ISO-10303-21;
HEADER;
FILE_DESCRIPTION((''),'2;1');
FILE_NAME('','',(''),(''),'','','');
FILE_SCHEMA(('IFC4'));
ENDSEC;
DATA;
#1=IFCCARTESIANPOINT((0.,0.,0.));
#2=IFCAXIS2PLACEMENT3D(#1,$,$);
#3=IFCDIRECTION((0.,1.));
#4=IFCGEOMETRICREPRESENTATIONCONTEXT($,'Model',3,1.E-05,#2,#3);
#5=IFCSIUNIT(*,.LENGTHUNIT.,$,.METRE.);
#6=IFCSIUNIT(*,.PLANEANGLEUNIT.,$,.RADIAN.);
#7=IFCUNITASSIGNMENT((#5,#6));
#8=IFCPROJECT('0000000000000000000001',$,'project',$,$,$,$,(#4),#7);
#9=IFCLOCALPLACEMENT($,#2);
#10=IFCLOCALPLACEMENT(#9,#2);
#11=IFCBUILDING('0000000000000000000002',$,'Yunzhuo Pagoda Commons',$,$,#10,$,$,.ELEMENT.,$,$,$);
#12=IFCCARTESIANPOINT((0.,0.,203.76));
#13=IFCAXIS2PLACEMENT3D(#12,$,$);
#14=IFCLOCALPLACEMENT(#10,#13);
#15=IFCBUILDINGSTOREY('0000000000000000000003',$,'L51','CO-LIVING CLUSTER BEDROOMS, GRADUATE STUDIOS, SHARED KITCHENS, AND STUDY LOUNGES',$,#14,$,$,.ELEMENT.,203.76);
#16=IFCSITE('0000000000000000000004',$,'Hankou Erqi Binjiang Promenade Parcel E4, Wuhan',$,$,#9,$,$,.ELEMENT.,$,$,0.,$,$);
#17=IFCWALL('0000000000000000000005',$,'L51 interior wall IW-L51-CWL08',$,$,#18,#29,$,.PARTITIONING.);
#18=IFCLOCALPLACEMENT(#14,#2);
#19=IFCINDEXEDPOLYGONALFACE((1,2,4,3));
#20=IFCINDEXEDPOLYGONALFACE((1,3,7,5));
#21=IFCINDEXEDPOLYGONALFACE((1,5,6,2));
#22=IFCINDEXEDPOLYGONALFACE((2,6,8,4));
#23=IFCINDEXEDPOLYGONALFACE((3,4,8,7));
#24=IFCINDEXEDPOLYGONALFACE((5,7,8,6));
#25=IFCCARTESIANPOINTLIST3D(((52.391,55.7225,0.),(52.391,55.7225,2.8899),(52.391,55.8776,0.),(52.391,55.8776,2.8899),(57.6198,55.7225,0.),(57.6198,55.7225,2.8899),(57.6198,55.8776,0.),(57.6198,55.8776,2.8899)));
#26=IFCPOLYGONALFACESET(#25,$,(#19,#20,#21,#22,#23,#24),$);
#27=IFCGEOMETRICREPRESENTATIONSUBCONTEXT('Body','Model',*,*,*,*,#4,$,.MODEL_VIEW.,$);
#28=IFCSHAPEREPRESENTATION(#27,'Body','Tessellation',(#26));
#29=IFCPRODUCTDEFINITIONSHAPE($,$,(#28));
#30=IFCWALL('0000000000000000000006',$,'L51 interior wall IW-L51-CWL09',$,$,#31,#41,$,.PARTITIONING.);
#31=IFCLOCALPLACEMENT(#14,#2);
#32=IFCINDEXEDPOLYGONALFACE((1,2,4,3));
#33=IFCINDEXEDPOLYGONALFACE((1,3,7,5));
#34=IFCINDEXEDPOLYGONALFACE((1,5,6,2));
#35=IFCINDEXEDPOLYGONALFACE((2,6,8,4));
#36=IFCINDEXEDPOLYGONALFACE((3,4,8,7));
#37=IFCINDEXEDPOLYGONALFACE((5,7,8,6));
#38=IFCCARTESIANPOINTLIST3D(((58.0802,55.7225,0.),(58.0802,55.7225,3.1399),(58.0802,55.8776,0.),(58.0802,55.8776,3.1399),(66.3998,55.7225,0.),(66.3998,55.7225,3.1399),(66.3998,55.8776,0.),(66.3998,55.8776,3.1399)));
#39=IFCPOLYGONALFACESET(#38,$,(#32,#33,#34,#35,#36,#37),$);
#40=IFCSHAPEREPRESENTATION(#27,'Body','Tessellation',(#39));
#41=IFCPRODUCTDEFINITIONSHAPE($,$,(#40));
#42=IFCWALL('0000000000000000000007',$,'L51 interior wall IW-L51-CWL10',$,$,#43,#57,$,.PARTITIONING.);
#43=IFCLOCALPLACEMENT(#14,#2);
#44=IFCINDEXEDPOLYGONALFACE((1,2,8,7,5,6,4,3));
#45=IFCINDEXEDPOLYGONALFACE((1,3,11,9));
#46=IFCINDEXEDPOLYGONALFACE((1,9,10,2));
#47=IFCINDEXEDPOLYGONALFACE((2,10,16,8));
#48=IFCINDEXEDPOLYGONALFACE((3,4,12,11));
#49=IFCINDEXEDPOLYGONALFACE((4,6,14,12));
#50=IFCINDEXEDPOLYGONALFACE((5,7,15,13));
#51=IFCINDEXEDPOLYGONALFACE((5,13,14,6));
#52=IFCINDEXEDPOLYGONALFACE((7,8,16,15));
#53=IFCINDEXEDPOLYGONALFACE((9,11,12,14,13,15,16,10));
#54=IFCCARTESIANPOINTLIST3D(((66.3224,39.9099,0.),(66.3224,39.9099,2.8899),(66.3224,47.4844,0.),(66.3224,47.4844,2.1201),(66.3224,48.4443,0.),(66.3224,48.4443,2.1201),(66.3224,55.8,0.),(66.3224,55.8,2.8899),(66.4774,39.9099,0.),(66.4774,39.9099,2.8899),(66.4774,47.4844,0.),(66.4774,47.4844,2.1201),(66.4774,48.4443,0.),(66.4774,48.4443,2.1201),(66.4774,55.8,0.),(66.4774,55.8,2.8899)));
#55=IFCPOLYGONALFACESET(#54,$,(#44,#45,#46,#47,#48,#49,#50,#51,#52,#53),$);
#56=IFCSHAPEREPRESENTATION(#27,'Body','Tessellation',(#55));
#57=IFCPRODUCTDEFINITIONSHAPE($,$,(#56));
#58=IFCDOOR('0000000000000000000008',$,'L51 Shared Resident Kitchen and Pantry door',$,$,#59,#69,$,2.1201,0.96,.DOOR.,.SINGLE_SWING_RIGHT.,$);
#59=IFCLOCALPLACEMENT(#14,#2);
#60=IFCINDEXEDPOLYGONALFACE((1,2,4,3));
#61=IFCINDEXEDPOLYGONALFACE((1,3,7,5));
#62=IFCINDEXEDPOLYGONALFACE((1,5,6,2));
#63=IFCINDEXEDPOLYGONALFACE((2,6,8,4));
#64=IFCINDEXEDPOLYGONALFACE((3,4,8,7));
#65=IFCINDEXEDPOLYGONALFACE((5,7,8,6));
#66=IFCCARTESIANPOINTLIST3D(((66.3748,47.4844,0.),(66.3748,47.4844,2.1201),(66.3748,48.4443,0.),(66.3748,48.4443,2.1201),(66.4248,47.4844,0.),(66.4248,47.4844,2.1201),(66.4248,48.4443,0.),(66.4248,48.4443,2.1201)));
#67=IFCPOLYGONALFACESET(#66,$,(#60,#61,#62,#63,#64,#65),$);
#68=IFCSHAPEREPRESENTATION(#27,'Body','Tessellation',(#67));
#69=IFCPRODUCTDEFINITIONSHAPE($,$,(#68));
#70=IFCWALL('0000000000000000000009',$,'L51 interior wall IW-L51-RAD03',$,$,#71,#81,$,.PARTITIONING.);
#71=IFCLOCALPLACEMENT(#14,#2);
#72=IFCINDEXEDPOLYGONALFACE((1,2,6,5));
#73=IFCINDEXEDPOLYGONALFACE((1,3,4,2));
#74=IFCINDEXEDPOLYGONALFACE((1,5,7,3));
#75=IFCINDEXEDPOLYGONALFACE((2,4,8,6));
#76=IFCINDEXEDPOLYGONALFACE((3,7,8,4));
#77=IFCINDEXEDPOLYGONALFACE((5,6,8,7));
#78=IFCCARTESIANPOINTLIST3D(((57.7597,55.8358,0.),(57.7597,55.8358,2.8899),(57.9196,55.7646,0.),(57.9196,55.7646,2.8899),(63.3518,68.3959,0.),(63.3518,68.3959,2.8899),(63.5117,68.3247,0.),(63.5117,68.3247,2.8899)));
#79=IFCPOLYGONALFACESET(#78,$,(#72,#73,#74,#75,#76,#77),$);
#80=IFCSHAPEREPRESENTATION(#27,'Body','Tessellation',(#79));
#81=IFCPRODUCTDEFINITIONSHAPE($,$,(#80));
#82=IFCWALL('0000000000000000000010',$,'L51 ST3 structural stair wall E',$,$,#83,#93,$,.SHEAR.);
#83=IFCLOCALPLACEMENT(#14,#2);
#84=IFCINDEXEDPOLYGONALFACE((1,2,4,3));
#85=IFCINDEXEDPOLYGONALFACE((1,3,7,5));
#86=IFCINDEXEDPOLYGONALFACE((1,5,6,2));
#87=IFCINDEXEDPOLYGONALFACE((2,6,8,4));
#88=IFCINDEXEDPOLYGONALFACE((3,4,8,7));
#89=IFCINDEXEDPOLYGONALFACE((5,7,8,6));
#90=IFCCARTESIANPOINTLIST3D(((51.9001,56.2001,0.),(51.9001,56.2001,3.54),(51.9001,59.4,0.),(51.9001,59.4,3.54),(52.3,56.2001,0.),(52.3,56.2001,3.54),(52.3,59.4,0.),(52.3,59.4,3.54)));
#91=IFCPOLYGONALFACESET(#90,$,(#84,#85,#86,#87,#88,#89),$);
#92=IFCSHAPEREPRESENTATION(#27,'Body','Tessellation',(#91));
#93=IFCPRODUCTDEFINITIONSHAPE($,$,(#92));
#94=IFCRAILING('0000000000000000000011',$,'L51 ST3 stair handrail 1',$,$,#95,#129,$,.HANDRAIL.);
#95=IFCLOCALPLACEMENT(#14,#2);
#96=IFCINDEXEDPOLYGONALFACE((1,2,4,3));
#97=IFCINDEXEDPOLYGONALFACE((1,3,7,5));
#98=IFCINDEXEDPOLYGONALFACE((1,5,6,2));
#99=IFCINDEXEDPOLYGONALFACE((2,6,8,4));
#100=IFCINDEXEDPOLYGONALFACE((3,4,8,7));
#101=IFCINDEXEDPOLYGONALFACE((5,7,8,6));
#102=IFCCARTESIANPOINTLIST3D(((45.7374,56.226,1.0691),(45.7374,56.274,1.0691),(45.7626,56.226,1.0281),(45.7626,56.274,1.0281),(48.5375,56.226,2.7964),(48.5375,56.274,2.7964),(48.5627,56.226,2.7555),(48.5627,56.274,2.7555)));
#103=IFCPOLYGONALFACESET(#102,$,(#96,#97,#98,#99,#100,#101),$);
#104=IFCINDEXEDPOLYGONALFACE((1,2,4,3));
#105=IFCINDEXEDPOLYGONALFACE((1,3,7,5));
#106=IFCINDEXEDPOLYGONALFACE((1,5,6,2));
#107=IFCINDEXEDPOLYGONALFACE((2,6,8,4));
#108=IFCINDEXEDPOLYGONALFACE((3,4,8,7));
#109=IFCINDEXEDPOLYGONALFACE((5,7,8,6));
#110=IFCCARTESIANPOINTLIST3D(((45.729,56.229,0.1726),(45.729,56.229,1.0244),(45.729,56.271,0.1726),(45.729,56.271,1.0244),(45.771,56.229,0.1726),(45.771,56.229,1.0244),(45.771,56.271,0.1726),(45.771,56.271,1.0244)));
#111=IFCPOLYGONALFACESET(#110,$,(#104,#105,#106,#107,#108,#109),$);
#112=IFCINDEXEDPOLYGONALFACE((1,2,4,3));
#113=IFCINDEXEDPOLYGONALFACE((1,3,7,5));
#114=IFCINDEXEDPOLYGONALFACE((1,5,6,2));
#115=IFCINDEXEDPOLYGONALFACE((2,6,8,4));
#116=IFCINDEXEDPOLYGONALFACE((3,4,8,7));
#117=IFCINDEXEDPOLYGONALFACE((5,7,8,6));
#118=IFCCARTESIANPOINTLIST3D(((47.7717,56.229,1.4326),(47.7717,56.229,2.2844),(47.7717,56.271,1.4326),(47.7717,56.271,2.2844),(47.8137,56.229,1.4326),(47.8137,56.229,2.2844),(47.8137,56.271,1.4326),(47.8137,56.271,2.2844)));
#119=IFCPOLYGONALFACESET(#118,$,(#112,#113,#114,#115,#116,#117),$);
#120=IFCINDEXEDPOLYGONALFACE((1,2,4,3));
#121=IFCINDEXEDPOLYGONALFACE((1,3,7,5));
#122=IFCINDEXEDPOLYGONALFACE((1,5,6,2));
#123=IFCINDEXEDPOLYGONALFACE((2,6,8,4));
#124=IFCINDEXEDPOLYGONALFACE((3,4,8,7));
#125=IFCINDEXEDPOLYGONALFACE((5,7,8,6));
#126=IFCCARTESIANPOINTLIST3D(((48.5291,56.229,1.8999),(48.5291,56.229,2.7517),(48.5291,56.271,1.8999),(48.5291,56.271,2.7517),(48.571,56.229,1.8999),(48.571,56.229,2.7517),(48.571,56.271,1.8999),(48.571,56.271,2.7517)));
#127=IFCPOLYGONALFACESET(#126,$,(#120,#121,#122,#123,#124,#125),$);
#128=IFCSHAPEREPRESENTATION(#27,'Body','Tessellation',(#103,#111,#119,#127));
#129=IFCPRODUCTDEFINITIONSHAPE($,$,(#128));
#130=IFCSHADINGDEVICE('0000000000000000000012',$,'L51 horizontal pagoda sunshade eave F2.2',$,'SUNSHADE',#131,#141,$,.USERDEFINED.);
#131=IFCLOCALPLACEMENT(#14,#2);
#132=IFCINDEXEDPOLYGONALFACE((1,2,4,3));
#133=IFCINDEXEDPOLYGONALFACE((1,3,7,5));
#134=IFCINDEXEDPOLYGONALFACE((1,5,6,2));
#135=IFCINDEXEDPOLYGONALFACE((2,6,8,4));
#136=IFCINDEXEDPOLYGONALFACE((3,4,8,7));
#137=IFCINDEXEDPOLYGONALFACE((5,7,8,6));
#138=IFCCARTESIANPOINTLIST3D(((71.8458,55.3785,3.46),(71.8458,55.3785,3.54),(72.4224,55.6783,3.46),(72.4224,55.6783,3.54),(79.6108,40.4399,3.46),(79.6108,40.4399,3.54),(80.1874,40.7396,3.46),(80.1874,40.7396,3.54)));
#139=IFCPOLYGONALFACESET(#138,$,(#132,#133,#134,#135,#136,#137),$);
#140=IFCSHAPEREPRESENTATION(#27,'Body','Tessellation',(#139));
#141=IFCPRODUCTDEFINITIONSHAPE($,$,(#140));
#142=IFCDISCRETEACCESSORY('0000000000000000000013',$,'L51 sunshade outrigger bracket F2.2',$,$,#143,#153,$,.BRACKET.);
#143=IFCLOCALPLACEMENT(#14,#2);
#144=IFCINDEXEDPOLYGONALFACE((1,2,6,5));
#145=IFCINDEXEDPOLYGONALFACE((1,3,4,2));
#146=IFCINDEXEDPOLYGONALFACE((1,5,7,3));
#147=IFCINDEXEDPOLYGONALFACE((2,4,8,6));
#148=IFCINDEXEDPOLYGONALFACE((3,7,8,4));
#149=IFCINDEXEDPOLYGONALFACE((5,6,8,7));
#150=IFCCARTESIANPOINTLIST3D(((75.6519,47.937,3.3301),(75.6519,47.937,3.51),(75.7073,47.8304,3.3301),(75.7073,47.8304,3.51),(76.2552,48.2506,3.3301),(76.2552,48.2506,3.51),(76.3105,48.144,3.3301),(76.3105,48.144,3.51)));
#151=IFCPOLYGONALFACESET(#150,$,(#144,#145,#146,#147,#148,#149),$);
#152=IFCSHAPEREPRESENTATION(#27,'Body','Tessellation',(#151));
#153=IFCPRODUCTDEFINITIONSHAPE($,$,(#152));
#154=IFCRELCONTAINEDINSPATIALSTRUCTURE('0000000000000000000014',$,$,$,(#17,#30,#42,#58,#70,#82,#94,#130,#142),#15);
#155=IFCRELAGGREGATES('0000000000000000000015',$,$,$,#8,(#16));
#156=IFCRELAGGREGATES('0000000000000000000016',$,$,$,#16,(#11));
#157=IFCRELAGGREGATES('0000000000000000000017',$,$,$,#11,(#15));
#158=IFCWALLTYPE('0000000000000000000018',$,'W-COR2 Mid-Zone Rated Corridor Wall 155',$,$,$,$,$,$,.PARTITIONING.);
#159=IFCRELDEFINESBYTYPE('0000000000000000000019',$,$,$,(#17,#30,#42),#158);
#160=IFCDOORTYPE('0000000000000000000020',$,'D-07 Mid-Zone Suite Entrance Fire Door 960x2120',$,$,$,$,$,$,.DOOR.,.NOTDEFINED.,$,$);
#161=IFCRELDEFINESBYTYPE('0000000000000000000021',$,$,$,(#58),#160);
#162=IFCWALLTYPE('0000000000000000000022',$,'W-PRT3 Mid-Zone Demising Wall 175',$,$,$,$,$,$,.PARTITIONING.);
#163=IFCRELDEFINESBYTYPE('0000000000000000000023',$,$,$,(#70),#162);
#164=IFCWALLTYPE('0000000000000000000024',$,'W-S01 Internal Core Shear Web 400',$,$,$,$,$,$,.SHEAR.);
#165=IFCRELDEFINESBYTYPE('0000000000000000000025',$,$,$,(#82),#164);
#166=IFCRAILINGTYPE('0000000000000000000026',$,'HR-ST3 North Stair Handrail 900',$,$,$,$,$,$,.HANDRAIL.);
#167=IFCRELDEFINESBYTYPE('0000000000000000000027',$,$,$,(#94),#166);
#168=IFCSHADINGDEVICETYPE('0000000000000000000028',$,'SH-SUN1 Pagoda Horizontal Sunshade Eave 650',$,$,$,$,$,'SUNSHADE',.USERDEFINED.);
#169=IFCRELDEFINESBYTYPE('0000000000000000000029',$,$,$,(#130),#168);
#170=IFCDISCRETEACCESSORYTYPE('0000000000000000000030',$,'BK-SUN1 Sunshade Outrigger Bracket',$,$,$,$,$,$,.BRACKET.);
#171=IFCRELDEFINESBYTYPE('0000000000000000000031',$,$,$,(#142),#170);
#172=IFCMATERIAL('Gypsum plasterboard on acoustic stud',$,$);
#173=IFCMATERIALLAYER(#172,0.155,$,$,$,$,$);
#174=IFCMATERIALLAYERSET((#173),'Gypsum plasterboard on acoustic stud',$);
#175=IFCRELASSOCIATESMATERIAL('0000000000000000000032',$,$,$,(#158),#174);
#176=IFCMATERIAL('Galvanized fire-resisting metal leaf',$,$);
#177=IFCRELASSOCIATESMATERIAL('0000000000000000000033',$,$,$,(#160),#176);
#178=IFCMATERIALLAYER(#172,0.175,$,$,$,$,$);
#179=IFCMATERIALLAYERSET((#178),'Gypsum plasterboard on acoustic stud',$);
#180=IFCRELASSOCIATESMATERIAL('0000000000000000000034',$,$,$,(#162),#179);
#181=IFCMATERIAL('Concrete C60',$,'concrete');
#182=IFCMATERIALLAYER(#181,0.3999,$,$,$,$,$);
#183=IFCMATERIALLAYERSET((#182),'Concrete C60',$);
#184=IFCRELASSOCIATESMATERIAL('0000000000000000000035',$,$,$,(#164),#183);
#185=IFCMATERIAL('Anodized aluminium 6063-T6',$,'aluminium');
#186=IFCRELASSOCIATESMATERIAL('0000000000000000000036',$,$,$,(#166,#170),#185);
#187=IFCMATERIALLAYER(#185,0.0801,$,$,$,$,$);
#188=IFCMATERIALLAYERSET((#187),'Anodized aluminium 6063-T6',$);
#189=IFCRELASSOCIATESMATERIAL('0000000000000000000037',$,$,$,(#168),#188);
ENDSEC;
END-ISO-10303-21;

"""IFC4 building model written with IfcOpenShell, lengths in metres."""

from ifc_helpers import new_model, si_unit, direction, frame, frame_2d, origin, origin_with_axes, origin_2d, place, context, subcontext, project, spatial, rectangle, extrude, source, transform, mapped, material, layer, layer_set, type_object, element, fill, save


model = new_model("IFC4")

# Units and contexts
model_context = context("Model", 3, precision=1e-05, world=origin(), true_north=direction((0.0, 1.0)))
body_context = subcontext(model_context, "Body", "Model", "MODEL_VIEW")
ifc_project = project(units=[si_unit("LENGTHUNIT", "METRE"), si_unit("PLANEANGLEUNIT", "RADIAN")], contexts=[model_context])

# Site, building, storey
site_placement = place(None, origin())
site = spatial("IfcSite", under=ifc_project, at=site_placement, Name="Hankou Erqi Binjiang Promenade Parcel E4, Wuhan", CompositionType="ELEMENT", RefElevation=0.0)
building_placement = place(site_placement, origin())
building = spatial("IfcBuilding", under=site, at=building_placement, Name="Yunzhuo Pagoda Commons", CompositionType="ELEMENT")
storey_placement = place(building_placement, frame((0.0, 0.0, 203.76)))
storey = spatial("IfcBuildingStorey", under=building, at=storey_placement, Name="L51", Description="CO-LIVING CLUSTER BEDROOMS, GRADUATE STUDIOS, SHARED KITCHENS, AND STUDY LOUNGES", CompositionType="ELEMENT", Elevation=203.76)

# Shared definitions
ifc_material_1 = material(Name="Anodized aluminium 6063-T6", Category="aluminium")

# Walls
ifc_material_2 = material(Name="Gypsum plasterboard on acoustic stud")
ifc_layer_1 = layer(ifc_material_2, 0.155)
ifc_layer_set_1 = layer_set([ifc_layer_1], Name="Gypsum plasterboard on acoustic stud")
wall_type_1 = type_object("IfcWallType", Name="W-COR2 Mid-Zone Rated Corridor Wall 155", PredefinedType="PARTITIONING", material=ifc_layer_set_1)
wall_1_placement = place(storey_placement, frame((52.3911, 55.8, 0.0), z_axis=(0.0, 0.0, 1.0), x_axis=(1.0, 0.0, 0.0)))
element("IfcWall", 1, at=wall_1_placement, inside=storey, type_object=wall_type_1, Name="L51 interior wall IW-L51-CWL08", PredefinedType="PARTITIONING", context=body_context, shape_type="SweptSolid", body=[
    extrude(rectangle(XDim=5.2288, YDim=0.155, at=frame_2d((2.6143, 0.0))), origin(), (0.0, 0.0, 1.0), 2.8899),
])
wall_2_placement = place(storey_placement, frame((58.0803, 55.8, 0.0), z_axis=(0.0, 0.0, 1.0), x_axis=(1.0, 0.0, 0.0)))
element("IfcWall", 2, at=wall_2_placement, inside=storey, type_object=wall_type_1, Name="L51 interior wall IW-L51-CWL09", PredefinedType="PARTITIONING", context=body_context, shape_type="SweptSolid", body=[
    extrude(rectangle(XDim=8.3196, YDim=0.155, at=frame_2d((4.1597, 0.0))), origin(), (0.0, 0.0, 1.0), 3.1399),
])

# Wall, opening, door
wall_3_placement = place(storey_placement, frame((66.3999, 55.8, 0.0), z_axis=(0.0, 0.0, 1.0), x_axis=(0.0, -1.0, 0.0)))
wall_3 = element("IfcWall", 3, at=wall_3_placement, inside=storey, type_object=wall_type_1, Name="L51 interior wall IW-L51-CWL10", PredefinedType="PARTITIONING", context=body_context, shape_type="SweptSolid", body=[
    extrude(rectangle(XDim=15.8901, YDim=0.155, at=frame_2d((7.9451, 0.0))), origin(), (0.0, 0.0, 1.0), 2.8899),
])
opening_placement = place(wall_3_placement, frame((7.3557, 0.0, 0.0)))
opening = element("IfcOpeningElement", 4, at=opening_placement, cuts=wall_3, PredefinedType="OPENING", context=body_context, shape_type="SweptSolid", body=[
    extrude(rectangle(XDim=0.96, YDim=2.1201, at=frame_2d((0.48, 1.0601))), frame((0.0, 0.0874, 0.0), z_axis=(0.0, -1.0, 0.0), x_axis=(1.0, 0.0, 0.0)), (0.0, 0.0, 1.0), 0.175),
])
ifc_material_3 = material(Name="Galvanized fire-resisting metal leaf")
door_type = type_object("IfcDoorType", Name="D-07 Mid-Zone Suite Entrance Fire Door 960x2120", OperationType="NOTDEFINED", PredefinedType="DOOR", material=ifc_material_3)
shared_shape_1 = source(origin(), body_context, "Body", "SweptSolid", [
    extrude(rectangle(XDim=0.96, YDim=2.1201, at=frame_2d((0.48, 1.0601))), frame((0.0, 0.0249, 0.0), z_axis=(0.0, -1.0, 0.0), x_axis=(1.0, 0.0, 0.0)), (0.0, 0.0, 1.0), 0.05),
])
door_placement = place(opening_placement, origin_with_axes())
door = element("IfcDoor", 5, at=door_placement, inside=storey, type_object=door_type, Name="L51 Shared Resident Kitchen and Pantry door", OperationType="SINGLE_SWING_RIGHT", OverallHeight=2.1201, OverallWidth=0.96, PredefinedType="DOOR", context=body_context, shape_type="MappedRepresentation", body=[
    mapped(shared_shape_1, transform((0.0, 0.0, 0.0), scale=1.0)),
])
fill(opening, door)

# Walls
ifc_layer_2 = layer(ifc_material_2, 0.175)
ifc_layer_set_2 = layer_set([ifc_layer_2], Name="Gypsum plasterboard on acoustic stud")
wall_type_2 = type_object("IfcWallType", Name="W-PRT3 Mid-Zone Demising Wall 175", PredefinedType="PARTITIONING", material=ifc_layer_set_2)
wall_4_placement = place(storey_placement, frame((57.8396, 55.8, 0.0), z_axis=(0.0, 0.0, 1.0), x_axis=(0.406733, 0.913547, 0.0)))
element("IfcWall", 6, at=wall_4_placement, inside=storey, type_object=wall_type_2, Name="L51 interior wall IW-L51-RAD03", PredefinedType="PARTITIONING", context=body_context, shape_type="SweptSolid", body=[
    extrude(rectangle(XDim=13.7488, YDim=0.175, at=frame_2d((6.8745, 0.0))), origin(), (0.0, 0.0, 1.0), 2.8899),
])
ifc_material_4 = material(Name="Concrete C60", Category="concrete")
ifc_layer_3 = layer(ifc_material_4, 0.3999)
ifc_layer_set_3 = layer_set([ifc_layer_3], Name="Concrete C60")
wall_type_3 = type_object("IfcWallType", Name="W-S01 Internal Core Shear Web 400", PredefinedType="SHEAR", material=ifc_layer_set_3)
wall_5_placement = place(storey_placement, frame((52.1001, 56.2, 0.0), z_axis=(0.0, 0.0, 1.0), x_axis=(0.0, 1.0, 0.0)))
element("IfcWall", 7, at=wall_5_placement, inside=storey, type_object=wall_type_3, Name="L51 ST3 structural stair wall E", PredefinedType="SHEAR", context=body_context, shape_type="SweptSolid", body=[
    extrude(rectangle(XDim=3.2, YDim=0.3999, at=frame_2d((1.6001, 0.0))), origin(), (0.0, 0.0, 1.0), 3.54),
])

# Railing
railing_type = type_object("IfcRailingType", Name="HR-ST3 North Stair Handrail 900", PredefinedType="HANDRAIL", material=ifc_material_1)
railing_placement = place(storey_placement, frame((45.75, 56.25, 0.1726)))
element("IfcRailing", 8, at=railing_placement, inside=storey, type_object=railing_type, Name="L51 ST3 stair handrail 1", PredefinedType="HANDRAIL", context=body_context, shape_type="SweptSolid", body=[
    extrude(rectangle(XDim=0.0481, YDim=0.0481, at=origin_2d()), frame((0.0, 0.0, 0.876), z_axis=(0.85109, 0.0, 0.52502), x_axis=(0.0, 1.0, 0.0)), (0.0, 0.0, 1.0), 3.29),
    extrude(rectangle(XDim=0.042, YDim=0.042, at=origin_2d()), origin(), (0.0, 0.0, 1.0), 0.8518),
    extrude(rectangle(XDim=0.042, YDim=0.042, at=origin_2d()), frame((2.0427, 0.0, 1.26)), (0.0, 0.0, 1.0), 0.8518),
    extrude(rectangle(XDim=0.042, YDim=0.042, at=origin_2d()), frame((2.8, 0.0, 1.7273)), (0.0, 0.0, 1.0), 0.8518),
])

# Shading device
ifc_layer_4 = layer(ifc_material_1, 0.0801)
ifc_layer_set_4 = layer_set([ifc_layer_4], Name="Anodized aluminium 6063-T6")
shading_device_type = type_object("IfcShadingDeviceType", Name="SH-SUN1 Pagoda Horizontal Sunshade Eave 650", ElementType="SUNSHADE", PredefinedType="USERDEFINED", material=ifc_layer_set_4)
shared_shape_2 = source(origin(), body_context, "Body", "SweptSolid", [
    extrude(rectangle(XDim=16.8362, YDim=0.6499, at=origin_2d()), origin(), (0.0, 0.0, 1.0), 0.0801),
])
shading_device_placement = place(storey_placement, frame((76.0166, 48.0591, 3.46), z_axis=(0.0, 0.0, 1.0), x_axis=(-0.461207, 0.887293, 0.0)))
element("IfcShadingDevice", 9, at=shading_device_placement, inside=storey, type_object=shading_device_type, Name="L51 horizontal pagoda sunshade eave F2.2", ObjectType="SUNSHADE", PredefinedType="USERDEFINED", context=body_context, shape_type="MappedRepresentation", body=[
    mapped(shared_shape_2, transform((0.0, 0.0, 0.0), scale=1.0)),
])

# Discrete accessory
discrete_accessory_type = type_object("IfcDiscreteAccessoryType", Name="BK-SUN1 Sunshade Outrigger Bracket", PredefinedType="BRACKET", material=ifc_material_1)
shared_shape_3 = source(origin(), body_context, "Body", "SweptSolid", [
    extrude(rectangle(XDim=0.1201, YDim=0.6799, at=origin_2d()), origin(), (0.0, 0.0, 1.0), 0.1799),
])
discrete_accessory_placement = place(storey_placement, frame((75.9812, 48.0405, 3.3301), z_axis=(0.0, 0.0, 1.0), x_axis=(-0.461207, 0.887293, 0.0)))
element("IfcDiscreteAccessory", 10, at=discrete_accessory_placement, inside=storey, type_object=discrete_accessory_type, Name="L51 sunshade outrigger bracket F2.2", PredefinedType="BRACKET", context=body_context, shape_type="MappedRepresentation", body=[
    mapped(shared_shape_3, transform((0.0, 0.0, 0.0), scale=1.0)),
])

save(model, "model.ifc")
